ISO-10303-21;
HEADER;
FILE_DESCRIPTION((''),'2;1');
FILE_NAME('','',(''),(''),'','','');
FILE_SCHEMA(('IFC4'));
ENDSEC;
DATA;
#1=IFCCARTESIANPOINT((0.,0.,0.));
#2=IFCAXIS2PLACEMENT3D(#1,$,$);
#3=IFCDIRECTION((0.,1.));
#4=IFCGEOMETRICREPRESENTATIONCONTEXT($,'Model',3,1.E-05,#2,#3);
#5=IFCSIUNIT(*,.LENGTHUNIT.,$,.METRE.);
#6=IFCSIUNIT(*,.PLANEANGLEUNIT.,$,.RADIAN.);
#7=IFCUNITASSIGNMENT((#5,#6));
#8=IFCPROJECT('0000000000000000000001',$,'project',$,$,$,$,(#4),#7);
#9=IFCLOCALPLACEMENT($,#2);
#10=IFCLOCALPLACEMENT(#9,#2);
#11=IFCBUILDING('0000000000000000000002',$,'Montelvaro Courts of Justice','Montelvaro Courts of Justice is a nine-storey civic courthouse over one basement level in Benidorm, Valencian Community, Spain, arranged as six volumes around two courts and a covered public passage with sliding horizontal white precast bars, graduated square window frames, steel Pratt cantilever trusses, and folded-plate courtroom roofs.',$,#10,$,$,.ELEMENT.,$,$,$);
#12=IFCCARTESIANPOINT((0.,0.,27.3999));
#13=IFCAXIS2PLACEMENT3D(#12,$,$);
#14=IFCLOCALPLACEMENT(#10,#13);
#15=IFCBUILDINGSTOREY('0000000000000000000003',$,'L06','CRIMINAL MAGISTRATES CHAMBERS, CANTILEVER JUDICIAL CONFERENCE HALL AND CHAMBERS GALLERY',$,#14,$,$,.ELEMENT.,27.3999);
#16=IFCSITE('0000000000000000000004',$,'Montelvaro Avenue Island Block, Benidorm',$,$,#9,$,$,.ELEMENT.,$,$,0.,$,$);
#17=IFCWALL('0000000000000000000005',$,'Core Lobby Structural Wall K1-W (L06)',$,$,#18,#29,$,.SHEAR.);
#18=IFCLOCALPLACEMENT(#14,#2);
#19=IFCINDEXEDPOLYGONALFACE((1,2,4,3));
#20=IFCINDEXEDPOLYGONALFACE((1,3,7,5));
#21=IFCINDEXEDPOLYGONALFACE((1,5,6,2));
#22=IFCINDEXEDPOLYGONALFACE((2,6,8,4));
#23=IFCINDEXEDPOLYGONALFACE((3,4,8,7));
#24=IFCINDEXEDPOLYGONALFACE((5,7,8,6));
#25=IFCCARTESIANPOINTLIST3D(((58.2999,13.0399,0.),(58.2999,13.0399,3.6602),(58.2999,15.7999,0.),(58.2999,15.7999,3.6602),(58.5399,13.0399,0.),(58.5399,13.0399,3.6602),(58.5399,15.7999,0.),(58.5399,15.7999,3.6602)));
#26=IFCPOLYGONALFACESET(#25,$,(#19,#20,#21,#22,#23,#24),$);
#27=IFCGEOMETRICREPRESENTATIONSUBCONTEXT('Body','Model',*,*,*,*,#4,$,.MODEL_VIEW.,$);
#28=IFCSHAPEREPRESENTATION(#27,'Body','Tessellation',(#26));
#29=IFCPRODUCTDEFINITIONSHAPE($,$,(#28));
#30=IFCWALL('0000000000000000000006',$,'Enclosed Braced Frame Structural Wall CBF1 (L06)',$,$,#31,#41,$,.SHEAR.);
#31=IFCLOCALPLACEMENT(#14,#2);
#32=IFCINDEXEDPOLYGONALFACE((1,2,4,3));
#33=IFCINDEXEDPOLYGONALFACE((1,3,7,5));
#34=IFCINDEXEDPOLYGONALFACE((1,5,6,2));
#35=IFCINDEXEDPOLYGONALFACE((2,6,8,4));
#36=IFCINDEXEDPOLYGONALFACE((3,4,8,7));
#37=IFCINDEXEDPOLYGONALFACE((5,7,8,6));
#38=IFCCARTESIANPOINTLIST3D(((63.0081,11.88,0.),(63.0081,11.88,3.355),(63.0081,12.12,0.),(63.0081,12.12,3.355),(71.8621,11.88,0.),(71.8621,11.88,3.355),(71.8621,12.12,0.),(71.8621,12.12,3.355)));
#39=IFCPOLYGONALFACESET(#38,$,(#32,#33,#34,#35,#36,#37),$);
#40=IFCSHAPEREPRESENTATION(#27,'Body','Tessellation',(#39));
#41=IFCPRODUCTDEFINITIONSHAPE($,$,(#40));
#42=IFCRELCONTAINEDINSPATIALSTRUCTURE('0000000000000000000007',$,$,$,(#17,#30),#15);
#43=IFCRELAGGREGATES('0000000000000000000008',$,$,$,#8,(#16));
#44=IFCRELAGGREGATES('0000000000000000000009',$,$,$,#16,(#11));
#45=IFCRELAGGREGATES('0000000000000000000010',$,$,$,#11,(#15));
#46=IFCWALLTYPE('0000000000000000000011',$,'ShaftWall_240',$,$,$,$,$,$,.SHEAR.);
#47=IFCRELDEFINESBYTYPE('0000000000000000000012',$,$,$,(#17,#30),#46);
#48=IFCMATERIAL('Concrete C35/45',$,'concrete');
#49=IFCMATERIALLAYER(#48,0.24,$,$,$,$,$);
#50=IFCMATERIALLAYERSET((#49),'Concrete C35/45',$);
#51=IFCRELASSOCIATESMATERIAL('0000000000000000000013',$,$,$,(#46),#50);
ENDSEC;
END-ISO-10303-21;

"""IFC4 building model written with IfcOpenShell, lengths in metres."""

from ifc_helpers import new_model, si_unit, direction, frame, frame_2d, origin, place, context, subcontext, project, spatial, rectangle, extrude, material, layer, layer_set, type_object, element, save


model = new_model("IFC4")

# Units and contexts
model_context = context("Model", 3, precision=1e-05, world=origin(), true_north=direction((0.0, 1.0)))
body_context = subcontext(model_context, "Body", "Model", "MODEL_VIEW")
ifc_project = project(units=[si_unit("LENGTHUNIT", "METRE"), si_unit("PLANEANGLEUNIT", "RADIAN")], contexts=[model_context])

# Site, building, storey
site_placement = place(None, origin())
site = spatial("IfcSite", under=ifc_project, at=site_placement, Name="Montelvaro Avenue Island Block, Benidorm", CompositionType="ELEMENT", RefElevation=0.0)
building_placement = place(site_placement, origin())
building = spatial("IfcBuilding", under=site, at=building_placement, Name="Montelvaro Courts of Justice", Description="Montelvaro Courts of Justice is a nine-storey civic courthouse over one basement level in Benidorm, Valencian Community, Spain, arranged as six volumes around two courts and a covered public passage with sliding horizontal white precast bars, graduated square window frames, steel Pratt cantilever trusses, and folded-plate courtroom roofs.", CompositionType="ELEMENT")
storey_placement = place(building_placement, frame((0.0, 0.0, 27.3999)))
storey = spatial("IfcBuildingStorey", under=building, at=storey_placement, Name="L06", Description="CRIMINAL MAGISTRATES CHAMBERS, CANTILEVER JUDICIAL CONFERENCE HALL AND CHAMBERS GALLERY", CompositionType="ELEMENT", Elevation=27.3999)

# Walls
ifc_material_1 = material(Name="Concrete C35/45", Category="concrete")
ifc_layer_1 = layer(ifc_material_1, 0.24)
ifc_layer_set_1 = layer_set([ifc_layer_1], Name="Concrete C35/45")
wall_type_1 = type_object("IfcWallType", Name="ShaftWall_240", PredefinedType="SHEAR", material=ifc_layer_set_1)
wall_1_placement = place(storey_placement, frame((58.4199, 13.04, 0.0), z_axis=(0.0, 0.0, 1.0), x_axis=(0.0, 1.0, 0.0)))
element("IfcWall", 1, at=wall_1_placement, inside=storey, type_object=wall_type_1, Name="Core Lobby Structural Wall K1-W (L06)", PredefinedType="SHEAR", context=body_context, shape_type="SweptSolid", body=[
    extrude(rectangle(XDim=2.76, YDim=0.24, at=frame_2d((1.3799, 0.0))), origin(), (0.0, 0.0, 1.0), 3.6602),
])
wall_2_placement = place(storey_placement, frame((63.0081, 12.0, 0.0), z_axis=(0.0, 0.0, 1.0), x_axis=(1.0, 0.0, 0.0)))
element("IfcWall", 2, at=wall_2_placement, inside=storey, type_object=wall_type_1, Name="Enclosed Braced Frame Structural Wall CBF1 (L06)", PredefinedType="SHEAR", context=body_context, shape_type="SweptSolid", body=[
    extrude(rectangle(XDim=8.854, YDim=0.24, at=frame_2d((4.427, 0.0))), origin(), (0.0, 0.0, 1.0), 3.355),
])

save(model, "model.ifc")
